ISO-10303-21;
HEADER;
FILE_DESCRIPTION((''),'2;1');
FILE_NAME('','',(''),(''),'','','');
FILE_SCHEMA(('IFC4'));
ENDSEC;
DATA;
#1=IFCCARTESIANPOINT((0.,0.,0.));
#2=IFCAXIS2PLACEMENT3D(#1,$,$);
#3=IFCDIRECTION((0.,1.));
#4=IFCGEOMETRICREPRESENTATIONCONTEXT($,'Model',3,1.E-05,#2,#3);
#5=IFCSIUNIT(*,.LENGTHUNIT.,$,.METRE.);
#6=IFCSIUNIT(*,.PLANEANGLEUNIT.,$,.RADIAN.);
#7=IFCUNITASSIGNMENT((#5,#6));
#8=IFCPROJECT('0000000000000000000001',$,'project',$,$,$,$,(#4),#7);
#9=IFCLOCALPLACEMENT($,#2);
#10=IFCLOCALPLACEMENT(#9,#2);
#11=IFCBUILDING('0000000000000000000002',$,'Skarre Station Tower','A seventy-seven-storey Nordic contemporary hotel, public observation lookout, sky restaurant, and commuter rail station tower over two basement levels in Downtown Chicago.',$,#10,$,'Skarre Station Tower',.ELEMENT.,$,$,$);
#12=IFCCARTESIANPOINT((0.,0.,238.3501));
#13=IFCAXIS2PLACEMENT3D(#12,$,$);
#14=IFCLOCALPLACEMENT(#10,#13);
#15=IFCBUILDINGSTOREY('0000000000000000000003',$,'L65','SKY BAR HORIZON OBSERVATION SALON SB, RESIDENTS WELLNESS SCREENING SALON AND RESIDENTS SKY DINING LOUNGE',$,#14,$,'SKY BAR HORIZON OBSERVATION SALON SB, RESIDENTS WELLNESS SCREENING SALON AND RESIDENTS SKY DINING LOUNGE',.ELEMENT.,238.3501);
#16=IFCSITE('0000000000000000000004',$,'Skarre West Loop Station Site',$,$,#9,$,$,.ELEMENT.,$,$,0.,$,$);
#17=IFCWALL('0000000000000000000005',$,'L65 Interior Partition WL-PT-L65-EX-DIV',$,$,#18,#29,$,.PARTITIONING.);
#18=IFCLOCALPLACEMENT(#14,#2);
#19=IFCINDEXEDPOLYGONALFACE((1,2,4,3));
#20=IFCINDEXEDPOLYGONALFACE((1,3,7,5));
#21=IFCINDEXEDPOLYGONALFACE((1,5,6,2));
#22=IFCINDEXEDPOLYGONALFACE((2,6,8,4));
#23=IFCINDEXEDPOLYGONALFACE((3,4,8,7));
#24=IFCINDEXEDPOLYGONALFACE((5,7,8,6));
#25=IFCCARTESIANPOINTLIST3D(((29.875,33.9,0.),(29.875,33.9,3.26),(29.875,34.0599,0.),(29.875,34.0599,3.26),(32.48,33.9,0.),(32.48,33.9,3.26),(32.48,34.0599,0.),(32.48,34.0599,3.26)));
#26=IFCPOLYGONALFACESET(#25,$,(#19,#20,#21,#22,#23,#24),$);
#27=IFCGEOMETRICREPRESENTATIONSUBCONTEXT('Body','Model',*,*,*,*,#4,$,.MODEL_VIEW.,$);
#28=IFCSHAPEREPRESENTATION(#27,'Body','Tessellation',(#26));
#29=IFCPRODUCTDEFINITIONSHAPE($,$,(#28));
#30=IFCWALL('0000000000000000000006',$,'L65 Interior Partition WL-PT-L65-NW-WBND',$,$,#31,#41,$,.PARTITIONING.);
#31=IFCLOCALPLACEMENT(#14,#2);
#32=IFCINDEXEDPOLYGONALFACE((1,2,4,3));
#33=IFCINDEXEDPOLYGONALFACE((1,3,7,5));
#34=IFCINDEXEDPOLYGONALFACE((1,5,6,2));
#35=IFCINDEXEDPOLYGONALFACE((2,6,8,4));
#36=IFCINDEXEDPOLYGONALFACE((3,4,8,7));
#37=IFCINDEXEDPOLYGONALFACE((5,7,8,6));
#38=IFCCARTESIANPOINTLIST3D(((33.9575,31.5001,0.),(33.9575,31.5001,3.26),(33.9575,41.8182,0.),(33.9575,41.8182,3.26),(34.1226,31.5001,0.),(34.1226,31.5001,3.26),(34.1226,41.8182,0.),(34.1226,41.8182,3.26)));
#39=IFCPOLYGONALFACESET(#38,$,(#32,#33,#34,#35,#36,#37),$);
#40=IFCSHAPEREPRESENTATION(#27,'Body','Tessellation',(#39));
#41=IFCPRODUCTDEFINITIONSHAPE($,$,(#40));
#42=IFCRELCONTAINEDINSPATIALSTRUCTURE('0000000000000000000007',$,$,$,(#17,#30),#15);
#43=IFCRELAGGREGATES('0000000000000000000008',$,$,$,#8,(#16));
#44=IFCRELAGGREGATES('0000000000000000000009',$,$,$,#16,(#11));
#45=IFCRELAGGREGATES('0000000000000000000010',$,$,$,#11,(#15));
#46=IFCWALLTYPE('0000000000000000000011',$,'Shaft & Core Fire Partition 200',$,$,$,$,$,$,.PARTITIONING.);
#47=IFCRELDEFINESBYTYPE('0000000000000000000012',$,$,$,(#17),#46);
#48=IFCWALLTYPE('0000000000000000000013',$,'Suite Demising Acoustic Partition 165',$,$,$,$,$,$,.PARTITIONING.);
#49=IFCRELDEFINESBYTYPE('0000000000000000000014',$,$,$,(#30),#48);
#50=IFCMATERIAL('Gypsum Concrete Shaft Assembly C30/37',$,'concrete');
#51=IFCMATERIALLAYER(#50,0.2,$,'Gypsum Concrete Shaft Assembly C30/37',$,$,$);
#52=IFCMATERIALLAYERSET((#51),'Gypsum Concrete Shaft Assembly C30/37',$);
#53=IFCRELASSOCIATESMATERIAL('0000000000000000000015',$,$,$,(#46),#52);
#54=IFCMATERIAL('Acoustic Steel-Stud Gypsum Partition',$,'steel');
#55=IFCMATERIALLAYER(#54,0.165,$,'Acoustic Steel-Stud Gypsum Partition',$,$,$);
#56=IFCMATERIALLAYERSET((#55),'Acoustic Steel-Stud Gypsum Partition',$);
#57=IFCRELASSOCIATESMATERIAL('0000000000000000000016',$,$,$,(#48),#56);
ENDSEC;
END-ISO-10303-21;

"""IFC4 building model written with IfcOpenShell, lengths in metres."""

from ifc_helpers import new_model, si_unit, direction, frame, frame_2d, origin, place, context, subcontext, project, spatial, rectangle, extrude, material, layer, layer_set, type_object, element, save


model = new_model("IFC4")

# Units and contexts
model_context = context("Model", 3, precision=1e-05, world=origin(), true_north=direction((0.0, 1.0)))
body_context = subcontext(model_context, "Body", "Model", "MODEL_VIEW")
ifc_project = project(units=[si_unit("LENGTHUNIT", "METRE"), si_unit("PLANEANGLEUNIT", "RADIAN")], contexts=[model_context])

# Site, building, storey
site_placement = place(None, origin())
site = spatial("IfcSite", under=ifc_project, at=site_placement, Name="Skarre West Loop Station Site", CompositionType="ELEMENT", RefElevation=0.0)
building_placement = place(site_placement, origin())
building = spatial("IfcBuilding", under=site, at=building_placement, Name="Skarre Station Tower", Description="A seventy-seven-storey Nordic contemporary hotel, public observation lookout, sky restaurant, and commuter rail station tower over two basement levels in Downtown Chicago.", LongName="Skarre Station Tower", CompositionType="ELEMENT")
storey_placement = place(building_placement, frame((0.0, 0.0, 238.3501)))
storey = spatial("IfcBuildingStorey", under=building, at=storey_placement, Name="L65", Description="SKY BAR HORIZON OBSERVATION SALON SB, RESIDENTS WELLNESS SCREENING SALON AND RESIDENTS SKY DINING LOUNGE", LongName="SKY BAR HORIZON OBSERVATION SALON SB, RESIDENTS WELLNESS SCREENING SALON AND RESIDENTS SKY DINING LOUNGE", CompositionType="ELEMENT", Elevation=238.3501)

# Shared definitions
ifc_material_1 = material(Name="Acoustic Steel-Stud Gypsum Partition", Category="steel")

# Walls
ifc_material_2 = material(Name="Gypsum Concrete Shaft Assembly C30/37", Category="concrete")
ifc_layer_1 = layer(ifc_material_2, 0.2, Name="Gypsum Concrete Shaft Assembly C30/37")
ifc_layer_set_1 = layer_set([ifc_layer_1], Name="Gypsum Concrete Shaft Assembly C30/37")
wall_type_1 = type_object("IfcWallType", Name="Shaft & Core Fire Partition 200", PredefinedType="PARTITIONING", material=ifc_layer_set_1)
wall_1_placement = place(storey_placement, frame((29.875, 33.98, 0.0), z_axis=(0.0, 0.0, 1.0), x_axis=(1.0, 0.0, 0.0)))
element("IfcWall", 1, at=wall_1_placement, inside=storey, type_object=wall_type_1, Name="L65 Interior Partition WL-PT-L65-EX-DIV", PredefinedType="PARTITIONING", context=body_context, shape_type="SweptSolid", body=[
    extrude(rectangle(XDim=2.605, YDim=0.1599, at=frame_2d((1.3025, 0.0))), origin(), (0.0, 0.0, 1.0), 3.26),
])
ifc_layer_2 = layer(ifc_material_1, 0.165, Name="Acoustic Steel-Stud Gypsum Partition")
ifc_layer_set_2 = layer_set([ifc_layer_2], Name="Acoustic Steel-Stud Gypsum Partition")
wall_type_2 = type_object("IfcWallType", Name="Suite Demising Acoustic Partition 165", PredefinedType="PARTITIONING", material=ifc_layer_set_2)
wall_2_placement = place(storey_placement, frame((34.04, 31.5, 0.0), z_axis=(0.0, 0.0, 1.0), x_axis=(0.0, 1.0, 0.0)))
element("IfcWall", 2, at=wall_2_placement, inside=storey, type_object=wall_type_2, Name="L65 Interior Partition WL-PT-L65-NW-WBND", PredefinedType="PARTITIONING", context=body_context, shape_type="SweptSolid", body=[
    extrude(rectangle(XDim=10.3181, YDim=0.165, at=frame_2d((5.1592, 0.0))), origin(), (0.0, 0.0, 1.0), 3.26),
])

save(model, "model.ifc")
